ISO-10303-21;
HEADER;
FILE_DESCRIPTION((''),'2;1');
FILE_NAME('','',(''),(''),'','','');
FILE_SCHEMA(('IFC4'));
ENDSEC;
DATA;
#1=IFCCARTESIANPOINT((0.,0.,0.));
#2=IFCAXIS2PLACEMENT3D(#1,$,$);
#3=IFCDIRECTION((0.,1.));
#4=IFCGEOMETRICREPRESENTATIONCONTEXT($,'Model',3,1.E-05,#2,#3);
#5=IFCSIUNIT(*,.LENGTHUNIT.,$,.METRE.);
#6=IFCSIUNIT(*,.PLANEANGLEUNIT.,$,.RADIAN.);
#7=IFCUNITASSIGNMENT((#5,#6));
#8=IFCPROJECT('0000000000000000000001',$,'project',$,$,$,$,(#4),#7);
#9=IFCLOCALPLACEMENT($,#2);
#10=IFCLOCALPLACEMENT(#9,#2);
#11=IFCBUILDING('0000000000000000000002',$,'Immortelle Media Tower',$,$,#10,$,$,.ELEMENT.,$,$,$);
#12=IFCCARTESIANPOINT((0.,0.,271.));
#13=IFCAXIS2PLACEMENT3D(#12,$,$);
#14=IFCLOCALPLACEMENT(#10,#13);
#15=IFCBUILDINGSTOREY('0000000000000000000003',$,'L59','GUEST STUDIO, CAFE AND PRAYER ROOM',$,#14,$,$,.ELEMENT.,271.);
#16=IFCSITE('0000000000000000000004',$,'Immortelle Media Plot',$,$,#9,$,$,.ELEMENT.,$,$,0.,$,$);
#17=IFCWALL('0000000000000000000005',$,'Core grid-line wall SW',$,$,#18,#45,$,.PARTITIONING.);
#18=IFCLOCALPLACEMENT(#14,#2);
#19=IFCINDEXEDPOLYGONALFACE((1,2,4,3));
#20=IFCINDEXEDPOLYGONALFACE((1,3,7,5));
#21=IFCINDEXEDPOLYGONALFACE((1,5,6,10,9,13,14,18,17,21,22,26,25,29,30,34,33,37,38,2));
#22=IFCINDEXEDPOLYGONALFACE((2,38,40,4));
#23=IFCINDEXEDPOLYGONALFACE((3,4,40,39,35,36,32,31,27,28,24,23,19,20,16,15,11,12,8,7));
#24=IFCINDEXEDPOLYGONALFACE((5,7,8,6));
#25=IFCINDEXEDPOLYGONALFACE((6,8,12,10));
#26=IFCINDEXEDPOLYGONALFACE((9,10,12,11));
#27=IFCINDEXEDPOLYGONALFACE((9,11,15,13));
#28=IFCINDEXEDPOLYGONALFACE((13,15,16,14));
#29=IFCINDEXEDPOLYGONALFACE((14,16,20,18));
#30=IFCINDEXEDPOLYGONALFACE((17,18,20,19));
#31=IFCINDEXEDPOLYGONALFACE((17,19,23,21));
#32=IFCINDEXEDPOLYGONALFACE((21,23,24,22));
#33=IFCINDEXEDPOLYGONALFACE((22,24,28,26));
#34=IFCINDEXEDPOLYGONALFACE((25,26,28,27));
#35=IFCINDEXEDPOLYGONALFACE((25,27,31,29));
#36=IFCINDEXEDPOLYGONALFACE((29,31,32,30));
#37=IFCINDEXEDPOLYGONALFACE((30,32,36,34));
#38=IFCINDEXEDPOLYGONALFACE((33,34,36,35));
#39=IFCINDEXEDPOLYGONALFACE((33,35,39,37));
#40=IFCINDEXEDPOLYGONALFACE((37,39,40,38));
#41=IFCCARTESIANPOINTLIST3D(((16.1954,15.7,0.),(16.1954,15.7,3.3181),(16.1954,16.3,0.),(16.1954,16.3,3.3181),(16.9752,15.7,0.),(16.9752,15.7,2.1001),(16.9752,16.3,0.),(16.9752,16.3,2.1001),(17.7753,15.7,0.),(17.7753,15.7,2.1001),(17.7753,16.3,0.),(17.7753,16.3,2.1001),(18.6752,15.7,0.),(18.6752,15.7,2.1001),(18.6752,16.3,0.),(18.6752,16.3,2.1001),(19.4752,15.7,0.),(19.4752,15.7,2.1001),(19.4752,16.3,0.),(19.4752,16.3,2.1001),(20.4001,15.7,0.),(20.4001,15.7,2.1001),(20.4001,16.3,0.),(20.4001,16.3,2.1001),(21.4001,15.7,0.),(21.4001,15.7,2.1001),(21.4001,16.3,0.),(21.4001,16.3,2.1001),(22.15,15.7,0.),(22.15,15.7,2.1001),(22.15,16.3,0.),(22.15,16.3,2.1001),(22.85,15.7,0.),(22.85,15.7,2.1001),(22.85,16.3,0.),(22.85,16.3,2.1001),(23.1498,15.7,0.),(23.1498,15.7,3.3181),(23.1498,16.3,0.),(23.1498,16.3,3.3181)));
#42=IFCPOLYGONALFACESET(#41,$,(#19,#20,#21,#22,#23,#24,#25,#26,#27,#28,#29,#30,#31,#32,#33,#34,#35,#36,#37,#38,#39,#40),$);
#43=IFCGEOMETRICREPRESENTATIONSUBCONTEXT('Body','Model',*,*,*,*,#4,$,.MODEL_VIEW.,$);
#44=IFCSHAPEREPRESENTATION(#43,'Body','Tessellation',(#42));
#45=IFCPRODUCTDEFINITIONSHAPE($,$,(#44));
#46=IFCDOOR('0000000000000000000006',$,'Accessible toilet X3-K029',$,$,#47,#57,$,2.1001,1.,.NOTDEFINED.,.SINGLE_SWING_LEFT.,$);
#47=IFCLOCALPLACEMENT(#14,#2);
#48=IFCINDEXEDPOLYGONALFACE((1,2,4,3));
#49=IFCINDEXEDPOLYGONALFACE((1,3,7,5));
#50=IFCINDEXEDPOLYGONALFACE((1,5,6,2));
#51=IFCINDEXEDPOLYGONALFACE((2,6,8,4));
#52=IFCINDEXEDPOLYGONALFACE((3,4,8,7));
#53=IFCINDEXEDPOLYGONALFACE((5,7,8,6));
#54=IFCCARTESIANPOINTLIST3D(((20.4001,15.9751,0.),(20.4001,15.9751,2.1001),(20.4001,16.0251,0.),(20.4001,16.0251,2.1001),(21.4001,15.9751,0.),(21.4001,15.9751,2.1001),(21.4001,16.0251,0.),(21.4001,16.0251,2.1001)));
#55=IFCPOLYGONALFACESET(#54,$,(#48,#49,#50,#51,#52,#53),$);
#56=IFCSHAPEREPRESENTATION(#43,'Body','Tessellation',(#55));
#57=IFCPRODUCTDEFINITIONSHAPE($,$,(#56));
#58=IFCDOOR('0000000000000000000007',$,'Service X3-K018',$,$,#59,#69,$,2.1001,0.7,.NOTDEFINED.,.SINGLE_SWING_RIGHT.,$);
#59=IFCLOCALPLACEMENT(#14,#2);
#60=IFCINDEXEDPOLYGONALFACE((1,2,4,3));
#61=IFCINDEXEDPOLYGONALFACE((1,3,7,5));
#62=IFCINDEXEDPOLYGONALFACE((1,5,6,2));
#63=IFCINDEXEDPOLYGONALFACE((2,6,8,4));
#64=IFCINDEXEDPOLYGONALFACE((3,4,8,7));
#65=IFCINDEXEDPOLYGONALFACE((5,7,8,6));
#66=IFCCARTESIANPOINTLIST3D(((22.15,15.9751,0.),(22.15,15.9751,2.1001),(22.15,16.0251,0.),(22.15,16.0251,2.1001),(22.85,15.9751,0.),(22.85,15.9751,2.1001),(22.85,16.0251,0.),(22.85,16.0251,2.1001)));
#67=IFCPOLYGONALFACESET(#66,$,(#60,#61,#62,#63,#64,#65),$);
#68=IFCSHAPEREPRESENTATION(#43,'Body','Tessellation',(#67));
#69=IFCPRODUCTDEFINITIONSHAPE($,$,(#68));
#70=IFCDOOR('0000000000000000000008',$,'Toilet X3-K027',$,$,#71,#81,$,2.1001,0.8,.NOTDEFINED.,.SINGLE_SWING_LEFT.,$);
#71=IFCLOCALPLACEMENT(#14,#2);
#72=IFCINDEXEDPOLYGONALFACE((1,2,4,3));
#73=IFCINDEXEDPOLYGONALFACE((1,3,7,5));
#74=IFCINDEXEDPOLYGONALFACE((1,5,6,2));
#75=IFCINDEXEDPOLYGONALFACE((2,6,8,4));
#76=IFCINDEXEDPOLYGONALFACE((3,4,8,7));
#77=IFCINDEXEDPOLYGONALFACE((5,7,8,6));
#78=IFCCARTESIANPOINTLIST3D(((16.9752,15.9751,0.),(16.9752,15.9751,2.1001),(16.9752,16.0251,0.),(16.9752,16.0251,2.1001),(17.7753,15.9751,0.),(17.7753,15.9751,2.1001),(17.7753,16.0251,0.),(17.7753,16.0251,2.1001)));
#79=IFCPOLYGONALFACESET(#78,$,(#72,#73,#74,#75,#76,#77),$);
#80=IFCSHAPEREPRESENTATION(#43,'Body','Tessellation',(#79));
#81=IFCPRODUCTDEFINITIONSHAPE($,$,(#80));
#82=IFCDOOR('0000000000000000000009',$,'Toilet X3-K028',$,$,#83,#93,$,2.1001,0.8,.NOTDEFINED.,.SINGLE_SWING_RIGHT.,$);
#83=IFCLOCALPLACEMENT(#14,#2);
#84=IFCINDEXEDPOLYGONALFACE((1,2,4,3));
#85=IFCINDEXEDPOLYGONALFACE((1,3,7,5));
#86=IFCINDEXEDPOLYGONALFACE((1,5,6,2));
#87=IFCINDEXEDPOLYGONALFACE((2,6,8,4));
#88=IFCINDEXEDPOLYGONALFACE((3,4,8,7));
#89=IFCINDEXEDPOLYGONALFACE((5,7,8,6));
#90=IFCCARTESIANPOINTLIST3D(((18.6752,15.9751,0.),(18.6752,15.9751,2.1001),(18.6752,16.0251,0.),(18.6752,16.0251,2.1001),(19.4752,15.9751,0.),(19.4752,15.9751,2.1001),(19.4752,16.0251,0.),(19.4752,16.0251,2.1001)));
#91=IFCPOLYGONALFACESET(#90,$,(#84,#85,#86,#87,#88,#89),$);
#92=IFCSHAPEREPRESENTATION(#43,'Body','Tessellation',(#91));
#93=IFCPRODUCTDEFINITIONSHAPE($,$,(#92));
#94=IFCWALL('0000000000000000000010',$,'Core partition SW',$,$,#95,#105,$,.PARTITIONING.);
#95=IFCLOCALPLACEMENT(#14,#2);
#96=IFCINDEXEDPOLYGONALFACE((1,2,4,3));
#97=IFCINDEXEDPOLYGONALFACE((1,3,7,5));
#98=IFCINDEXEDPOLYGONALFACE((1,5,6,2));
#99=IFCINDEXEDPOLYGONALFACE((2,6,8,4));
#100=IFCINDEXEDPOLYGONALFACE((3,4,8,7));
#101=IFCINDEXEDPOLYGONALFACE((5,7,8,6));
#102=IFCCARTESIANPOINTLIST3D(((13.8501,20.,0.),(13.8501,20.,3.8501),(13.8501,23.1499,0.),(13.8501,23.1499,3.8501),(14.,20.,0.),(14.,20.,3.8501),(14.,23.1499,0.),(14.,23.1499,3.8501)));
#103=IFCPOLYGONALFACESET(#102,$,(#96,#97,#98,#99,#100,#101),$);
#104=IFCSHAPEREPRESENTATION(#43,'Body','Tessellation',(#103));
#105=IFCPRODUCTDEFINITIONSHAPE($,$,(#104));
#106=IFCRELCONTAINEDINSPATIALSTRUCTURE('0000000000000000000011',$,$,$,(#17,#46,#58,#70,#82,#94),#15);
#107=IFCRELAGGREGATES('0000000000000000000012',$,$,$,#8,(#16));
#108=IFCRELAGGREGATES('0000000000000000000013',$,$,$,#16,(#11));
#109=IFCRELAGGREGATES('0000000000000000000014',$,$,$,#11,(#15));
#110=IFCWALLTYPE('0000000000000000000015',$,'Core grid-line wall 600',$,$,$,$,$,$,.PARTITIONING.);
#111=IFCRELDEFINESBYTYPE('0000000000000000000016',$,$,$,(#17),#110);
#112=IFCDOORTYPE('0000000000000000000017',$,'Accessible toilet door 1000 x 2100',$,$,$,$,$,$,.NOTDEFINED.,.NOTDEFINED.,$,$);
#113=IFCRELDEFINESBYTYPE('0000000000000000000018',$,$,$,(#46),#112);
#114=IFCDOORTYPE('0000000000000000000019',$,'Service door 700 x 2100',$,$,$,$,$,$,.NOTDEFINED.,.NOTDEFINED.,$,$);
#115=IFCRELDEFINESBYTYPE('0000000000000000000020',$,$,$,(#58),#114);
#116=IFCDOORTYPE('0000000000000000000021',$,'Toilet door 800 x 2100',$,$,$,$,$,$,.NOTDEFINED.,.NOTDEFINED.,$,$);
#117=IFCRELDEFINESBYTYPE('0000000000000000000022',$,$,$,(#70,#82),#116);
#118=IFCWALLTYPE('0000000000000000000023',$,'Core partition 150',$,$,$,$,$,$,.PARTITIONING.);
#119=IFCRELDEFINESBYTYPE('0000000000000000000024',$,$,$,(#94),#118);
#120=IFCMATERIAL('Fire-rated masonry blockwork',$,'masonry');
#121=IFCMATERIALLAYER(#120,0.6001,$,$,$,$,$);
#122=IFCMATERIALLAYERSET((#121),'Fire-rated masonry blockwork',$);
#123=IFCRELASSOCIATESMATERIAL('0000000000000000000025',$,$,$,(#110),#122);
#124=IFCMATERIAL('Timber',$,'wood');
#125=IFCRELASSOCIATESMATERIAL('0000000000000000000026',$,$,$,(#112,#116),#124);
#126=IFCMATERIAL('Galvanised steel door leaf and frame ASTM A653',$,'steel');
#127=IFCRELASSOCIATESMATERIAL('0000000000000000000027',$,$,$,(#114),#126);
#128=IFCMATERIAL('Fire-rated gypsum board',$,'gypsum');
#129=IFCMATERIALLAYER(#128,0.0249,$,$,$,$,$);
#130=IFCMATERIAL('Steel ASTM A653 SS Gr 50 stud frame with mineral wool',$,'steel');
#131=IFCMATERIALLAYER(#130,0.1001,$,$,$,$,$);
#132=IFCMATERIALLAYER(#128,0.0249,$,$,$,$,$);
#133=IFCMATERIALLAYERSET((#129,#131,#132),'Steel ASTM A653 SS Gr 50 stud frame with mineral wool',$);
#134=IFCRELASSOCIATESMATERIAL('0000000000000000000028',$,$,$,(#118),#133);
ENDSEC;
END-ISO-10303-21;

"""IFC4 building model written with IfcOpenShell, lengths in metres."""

from ifc_helpers import new_model, si_unit, direction, frame, frame_2d, origin, place, context, subcontext, project, spatial, rectangle, extrude, material, layer, layer_set, type_object, element, fill, save


model = new_model("IFC4")

# Units and contexts
model_context = context("Model", 3, precision=1e-05, world=origin(), true_north=direction((0.0, 1.0)))
body_context = subcontext(model_context, "Body", "Model", "MODEL_VIEW")
ifc_project = project(units=[si_unit("LENGTHUNIT", "METRE"), si_unit("PLANEANGLEUNIT", "RADIAN")], contexts=[model_context])

# Site, building, storey
site_placement = place(None, origin())
site = spatial("IfcSite", under=ifc_project, at=site_placement, Name="Immortelle Media Plot", CompositionType="ELEMENT", RefElevation=0.0)
building_placement = place(site_placement, origin())
building = spatial("IfcBuilding", under=site, at=building_placement, Name="Immortelle Media Tower", CompositionType="ELEMENT")
storey_placement = place(building_placement, frame((0.0, 0.0, 271.0)))
storey = spatial("IfcBuildingStorey", under=building, at=storey_placement, Name="L59", Description="GUEST STUDIO, CAFE AND PRAYER ROOM", CompositionType="ELEMENT", Elevation=271.0)

# Wall, openings, doors
ifc_material_1 = material(Name="Fire-rated masonry blockwork", Category="masonry")
ifc_layer_1 = layer(ifc_material_1, 0.6001)
ifc_layer_set_1 = layer_set([ifc_layer_1], Name="Fire-rated masonry blockwork")
wall_type_1 = type_object("IfcWallType", Name="Core grid-line wall 600", PredefinedType="PARTITIONING", material=ifc_layer_set_1)
wall_1_placement = place(storey_placement, frame((16.1956, 16.0, 0.0), z_axis=(0.0, 0.0, 1.0), x_axis=(1.0, 0.0, 0.0)))
wall_1 = element("IfcWall", 1, at=wall_1_placement, inside=storey, type_object=wall_type_1, Name="Core grid-line wall SW", PredefinedType="PARTITIONING", context=body_context, shape_type="SweptSolid", body=[
    extrude(rectangle(XDim=6.9543, YDim=0.6001, at=frame_2d((3.4771, 0.0))), origin(), (0.0, 0.0, 1.0), 3.3181),
])
opening_1_placement = place(wall_1_placement, frame((1.5796, 0.0, 0.0), z_axis=(0.0, 0.0, 1.0), x_axis=(-1.0, 0.0, 0.0)))
opening_1 = element("IfcOpeningElement", 2, at=opening_1_placement, cuts=wall_1, PredefinedType="OPENING", context=body_context, shape_type="SweptSolid", body=[
    extrude(rectangle(XDim=0.8, YDim=2.1001, at=frame_2d((0.3999, 1.05))), frame((0.0, 0.3101, 0.0), z_axis=(0.0, -1.0, 0.0), x_axis=(1.0, 0.0, 0.0)), (0.0, 0.0, 1.0), 0.6201),
])
opening_2_placement = place(wall_1_placement, frame((3.2795, 0.0, 0.0), z_axis=(0.0, 0.0, 1.0), x_axis=(-1.0, 0.0, 0.0)))
opening_2 = element("IfcOpeningElement", 3, at=opening_2_placement, cuts=wall_1, PredefinedType="OPENING", context=body_context, shape_type="SweptSolid", body=[
    extrude(rectangle(XDim=0.8, YDim=2.1001, at=frame_2d((0.3999, 1.05))), frame((0.0, 0.3101, 0.0), z_axis=(0.0, -1.0, 0.0), x_axis=(1.0, 0.0, 0.0)), (0.0, 0.0, 1.0), 0.6201),
])
opening_3_placement = place(wall_1_placement, frame((5.2046, 0.0, 0.0), z_axis=(0.0, 0.0, 1.0), x_axis=(-1.0, 0.0, 0.0)))
opening_3 = element("IfcOpeningElement", 4, at=opening_3_placement, cuts=wall_1, PredefinedType="OPENING", context=body_context, shape_type="SweptSolid", body=[
    extrude(rectangle(XDim=1.0, YDim=2.1001, at=frame_2d((0.5, 1.05))), frame((0.0, 0.3101, 0.0), z_axis=(0.0, -1.0, 0.0), x_axis=(1.0, 0.0, 0.0)), (0.0, 0.0, 1.0), 0.6201),
])
opening_4_placement = place(wall_1_placement, frame((6.6545, 0.0, 0.0), z_axis=(0.0, 0.0, 1.0), x_axis=(-1.0, 0.0, 0.0)))
opening_4 = element("IfcOpeningElement", 5, at=opening_4_placement, cuts=wall_1, PredefinedType="OPENING", context=body_context, shape_type="SweptSolid", body=[
    extrude(rectangle(XDim=0.7, YDim=2.1001, at=frame_2d((0.3501, 1.05))), frame((0.0, 0.3101, 0.0), z_axis=(0.0, -1.0, 0.0), x_axis=(1.0, 0.0, 0.0)), (0.0, 0.0, 1.0), 0.6201),
])
ifc_material_2 = material(Name="Timber", Category="wood")
door_type_1 = type_object("IfcDoorType", Name="Accessible toilet door 1000 x 2100", OperationType="NOTDEFINED", PredefinedType="NOTDEFINED", material=ifc_material_2)
door_1_placement = place(opening_3_placement, origin())
door_1 = element("IfcDoor", 6, at=door_1_placement, inside=storey, type_object=door_type_1, Name="Accessible toilet X3-K029", OperationType="SINGLE_SWING_LEFT", OverallHeight=2.1001, OverallWidth=1.0, PredefinedType="NOTDEFINED", context=body_context, shape_type="SweptSolid", body=[
    extrude(rectangle(XDim=1.0, YDim=2.1001, at=frame_2d((0.5, 1.05))), frame((0.0, 0.0249, 0.0), z_axis=(0.0, -1.0, 0.0), x_axis=(1.0, 0.0, 0.0)), (0.0, 0.0, 1.0), 0.05),
])
fill(opening_3, door_1)
ifc_material_3 = material(Name="Galvanised steel door leaf and frame ASTM A653", Category="steel")
door_type_2 = type_object("IfcDoorType", Name="Service door 700 x 2100", OperationType="NOTDEFINED", PredefinedType="NOTDEFINED", material=ifc_material_3)
door_2_placement = place(opening_4_placement, origin())
door_2 = element("IfcDoor", 7, at=door_2_placement, inside=storey, type_object=door_type_2, Name="Service X3-K018", OperationType="SINGLE_SWING_RIGHT", OverallHeight=2.1001, OverallWidth=0.7, PredefinedType="NOTDEFINED", context=body_context, shape_type="SweptSolid", body=[
    extrude(rectangle(XDim=0.7, YDim=2.1001, at=frame_2d((0.3501, 1.05))), frame((0.0, 0.0249, 0.0), z_axis=(0.0, -1.0, 0.0), x_axis=(1.0, 0.0, 0.0)), (0.0, 0.0, 1.0), 0.05),
])
fill(opening_4, door_2)
door_type_3 = type_object("IfcDoorType", Name="Toilet door 800 x 2100", OperationType="NOTDEFINED", PredefinedType="NOTDEFINED", material=ifc_material_2)
door_3_placement = place(opening_1_placement, origin())
door_3 = element("IfcDoor", 8, at=door_3_placement, inside=storey, type_object=door_type_3, Name="Toilet X3-K027", OperationType="SINGLE_SWING_LEFT", OverallHeight=2.1001, OverallWidth=0.8, PredefinedType="NOTDEFINED", context=body_context, shape_type="SweptSolid", body=[
    extrude(rectangle(XDim=0.8, YDim=2.1001, at=frame_2d((0.3999, 1.05))), frame((0.0, 0.0249, 0.0), z_axis=(0.0, -1.0, 0.0), x_axis=(1.0, 0.0, 0.0)), (0.0, 0.0, 1.0), 0.05),
])
fill(opening_1, door_3)
door_4_placement = place(opening_2_placement, origin())
door_4 = element("IfcDoor", 9, at=door_4_placement, inside=storey, type_object=door_type_3, Name="Toilet X3-K028", OperationType="SINGLE_SWING_RIGHT", OverallHeight=2.1001, OverallWidth=0.8, PredefinedType="NOTDEFINED", context=body_context, shape_type="SweptSolid", body=[
    extrude(rectangle(XDim=0.8, YDim=2.1001, at=frame_2d((0.3999, 1.05))), frame((0.0, 0.0249, 0.0), z_axis=(0.0, -1.0, 0.0), x_axis=(1.0, 0.0, 0.0)), (0.0, 0.0, 1.0), 0.05),
])
fill(opening_2, door_4)

# Wall
ifc_material_4 = material(Name="Fire-rated gypsum board", Category="gypsum")
ifc_layer_2 = layer(ifc_material_4, 0.0249)
ifc_material_5 = material(Name="Steel ASTM A653 SS Gr 50 stud frame with mineral wool", Category="steel")
ifc_layer_3 = layer(ifc_material_5, 0.1001)
ifc_layer_4 = layer(ifc_material_4, 0.0249)
ifc_layer_set_2 = layer_set([ifc_layer_2, ifc_layer_3, ifc_layer_4], Name="Steel ASTM A653 SS Gr 50 stud frame with mineral wool")
wall_type_2 = type_object("IfcWallType", Name="Core partition 150", PredefinedType="PARTITIONING", material=ifc_layer_set_2)
wall_2_placement = place(storey_placement, frame((13.925, 20.0, 0.0), z_axis=(0.0, 0.0, 1.0), x_axis=(0.0, 1.0, 0.0)))
element("IfcWall", 10, at=wall_2_placement, inside=storey, type_object=wall_type_2, Name="Core partition SW", PredefinedType="PARTITIONING", context=body_context, shape_type="SweptSolid", body=[
    extrude(rectangle(XDim=3.1499, YDim=0.1499, at=frame_2d((1.575, 0.0))), origin(), (0.0, 0.0, 1.0), 3.8501),
])

save(model, "model.ifc")
